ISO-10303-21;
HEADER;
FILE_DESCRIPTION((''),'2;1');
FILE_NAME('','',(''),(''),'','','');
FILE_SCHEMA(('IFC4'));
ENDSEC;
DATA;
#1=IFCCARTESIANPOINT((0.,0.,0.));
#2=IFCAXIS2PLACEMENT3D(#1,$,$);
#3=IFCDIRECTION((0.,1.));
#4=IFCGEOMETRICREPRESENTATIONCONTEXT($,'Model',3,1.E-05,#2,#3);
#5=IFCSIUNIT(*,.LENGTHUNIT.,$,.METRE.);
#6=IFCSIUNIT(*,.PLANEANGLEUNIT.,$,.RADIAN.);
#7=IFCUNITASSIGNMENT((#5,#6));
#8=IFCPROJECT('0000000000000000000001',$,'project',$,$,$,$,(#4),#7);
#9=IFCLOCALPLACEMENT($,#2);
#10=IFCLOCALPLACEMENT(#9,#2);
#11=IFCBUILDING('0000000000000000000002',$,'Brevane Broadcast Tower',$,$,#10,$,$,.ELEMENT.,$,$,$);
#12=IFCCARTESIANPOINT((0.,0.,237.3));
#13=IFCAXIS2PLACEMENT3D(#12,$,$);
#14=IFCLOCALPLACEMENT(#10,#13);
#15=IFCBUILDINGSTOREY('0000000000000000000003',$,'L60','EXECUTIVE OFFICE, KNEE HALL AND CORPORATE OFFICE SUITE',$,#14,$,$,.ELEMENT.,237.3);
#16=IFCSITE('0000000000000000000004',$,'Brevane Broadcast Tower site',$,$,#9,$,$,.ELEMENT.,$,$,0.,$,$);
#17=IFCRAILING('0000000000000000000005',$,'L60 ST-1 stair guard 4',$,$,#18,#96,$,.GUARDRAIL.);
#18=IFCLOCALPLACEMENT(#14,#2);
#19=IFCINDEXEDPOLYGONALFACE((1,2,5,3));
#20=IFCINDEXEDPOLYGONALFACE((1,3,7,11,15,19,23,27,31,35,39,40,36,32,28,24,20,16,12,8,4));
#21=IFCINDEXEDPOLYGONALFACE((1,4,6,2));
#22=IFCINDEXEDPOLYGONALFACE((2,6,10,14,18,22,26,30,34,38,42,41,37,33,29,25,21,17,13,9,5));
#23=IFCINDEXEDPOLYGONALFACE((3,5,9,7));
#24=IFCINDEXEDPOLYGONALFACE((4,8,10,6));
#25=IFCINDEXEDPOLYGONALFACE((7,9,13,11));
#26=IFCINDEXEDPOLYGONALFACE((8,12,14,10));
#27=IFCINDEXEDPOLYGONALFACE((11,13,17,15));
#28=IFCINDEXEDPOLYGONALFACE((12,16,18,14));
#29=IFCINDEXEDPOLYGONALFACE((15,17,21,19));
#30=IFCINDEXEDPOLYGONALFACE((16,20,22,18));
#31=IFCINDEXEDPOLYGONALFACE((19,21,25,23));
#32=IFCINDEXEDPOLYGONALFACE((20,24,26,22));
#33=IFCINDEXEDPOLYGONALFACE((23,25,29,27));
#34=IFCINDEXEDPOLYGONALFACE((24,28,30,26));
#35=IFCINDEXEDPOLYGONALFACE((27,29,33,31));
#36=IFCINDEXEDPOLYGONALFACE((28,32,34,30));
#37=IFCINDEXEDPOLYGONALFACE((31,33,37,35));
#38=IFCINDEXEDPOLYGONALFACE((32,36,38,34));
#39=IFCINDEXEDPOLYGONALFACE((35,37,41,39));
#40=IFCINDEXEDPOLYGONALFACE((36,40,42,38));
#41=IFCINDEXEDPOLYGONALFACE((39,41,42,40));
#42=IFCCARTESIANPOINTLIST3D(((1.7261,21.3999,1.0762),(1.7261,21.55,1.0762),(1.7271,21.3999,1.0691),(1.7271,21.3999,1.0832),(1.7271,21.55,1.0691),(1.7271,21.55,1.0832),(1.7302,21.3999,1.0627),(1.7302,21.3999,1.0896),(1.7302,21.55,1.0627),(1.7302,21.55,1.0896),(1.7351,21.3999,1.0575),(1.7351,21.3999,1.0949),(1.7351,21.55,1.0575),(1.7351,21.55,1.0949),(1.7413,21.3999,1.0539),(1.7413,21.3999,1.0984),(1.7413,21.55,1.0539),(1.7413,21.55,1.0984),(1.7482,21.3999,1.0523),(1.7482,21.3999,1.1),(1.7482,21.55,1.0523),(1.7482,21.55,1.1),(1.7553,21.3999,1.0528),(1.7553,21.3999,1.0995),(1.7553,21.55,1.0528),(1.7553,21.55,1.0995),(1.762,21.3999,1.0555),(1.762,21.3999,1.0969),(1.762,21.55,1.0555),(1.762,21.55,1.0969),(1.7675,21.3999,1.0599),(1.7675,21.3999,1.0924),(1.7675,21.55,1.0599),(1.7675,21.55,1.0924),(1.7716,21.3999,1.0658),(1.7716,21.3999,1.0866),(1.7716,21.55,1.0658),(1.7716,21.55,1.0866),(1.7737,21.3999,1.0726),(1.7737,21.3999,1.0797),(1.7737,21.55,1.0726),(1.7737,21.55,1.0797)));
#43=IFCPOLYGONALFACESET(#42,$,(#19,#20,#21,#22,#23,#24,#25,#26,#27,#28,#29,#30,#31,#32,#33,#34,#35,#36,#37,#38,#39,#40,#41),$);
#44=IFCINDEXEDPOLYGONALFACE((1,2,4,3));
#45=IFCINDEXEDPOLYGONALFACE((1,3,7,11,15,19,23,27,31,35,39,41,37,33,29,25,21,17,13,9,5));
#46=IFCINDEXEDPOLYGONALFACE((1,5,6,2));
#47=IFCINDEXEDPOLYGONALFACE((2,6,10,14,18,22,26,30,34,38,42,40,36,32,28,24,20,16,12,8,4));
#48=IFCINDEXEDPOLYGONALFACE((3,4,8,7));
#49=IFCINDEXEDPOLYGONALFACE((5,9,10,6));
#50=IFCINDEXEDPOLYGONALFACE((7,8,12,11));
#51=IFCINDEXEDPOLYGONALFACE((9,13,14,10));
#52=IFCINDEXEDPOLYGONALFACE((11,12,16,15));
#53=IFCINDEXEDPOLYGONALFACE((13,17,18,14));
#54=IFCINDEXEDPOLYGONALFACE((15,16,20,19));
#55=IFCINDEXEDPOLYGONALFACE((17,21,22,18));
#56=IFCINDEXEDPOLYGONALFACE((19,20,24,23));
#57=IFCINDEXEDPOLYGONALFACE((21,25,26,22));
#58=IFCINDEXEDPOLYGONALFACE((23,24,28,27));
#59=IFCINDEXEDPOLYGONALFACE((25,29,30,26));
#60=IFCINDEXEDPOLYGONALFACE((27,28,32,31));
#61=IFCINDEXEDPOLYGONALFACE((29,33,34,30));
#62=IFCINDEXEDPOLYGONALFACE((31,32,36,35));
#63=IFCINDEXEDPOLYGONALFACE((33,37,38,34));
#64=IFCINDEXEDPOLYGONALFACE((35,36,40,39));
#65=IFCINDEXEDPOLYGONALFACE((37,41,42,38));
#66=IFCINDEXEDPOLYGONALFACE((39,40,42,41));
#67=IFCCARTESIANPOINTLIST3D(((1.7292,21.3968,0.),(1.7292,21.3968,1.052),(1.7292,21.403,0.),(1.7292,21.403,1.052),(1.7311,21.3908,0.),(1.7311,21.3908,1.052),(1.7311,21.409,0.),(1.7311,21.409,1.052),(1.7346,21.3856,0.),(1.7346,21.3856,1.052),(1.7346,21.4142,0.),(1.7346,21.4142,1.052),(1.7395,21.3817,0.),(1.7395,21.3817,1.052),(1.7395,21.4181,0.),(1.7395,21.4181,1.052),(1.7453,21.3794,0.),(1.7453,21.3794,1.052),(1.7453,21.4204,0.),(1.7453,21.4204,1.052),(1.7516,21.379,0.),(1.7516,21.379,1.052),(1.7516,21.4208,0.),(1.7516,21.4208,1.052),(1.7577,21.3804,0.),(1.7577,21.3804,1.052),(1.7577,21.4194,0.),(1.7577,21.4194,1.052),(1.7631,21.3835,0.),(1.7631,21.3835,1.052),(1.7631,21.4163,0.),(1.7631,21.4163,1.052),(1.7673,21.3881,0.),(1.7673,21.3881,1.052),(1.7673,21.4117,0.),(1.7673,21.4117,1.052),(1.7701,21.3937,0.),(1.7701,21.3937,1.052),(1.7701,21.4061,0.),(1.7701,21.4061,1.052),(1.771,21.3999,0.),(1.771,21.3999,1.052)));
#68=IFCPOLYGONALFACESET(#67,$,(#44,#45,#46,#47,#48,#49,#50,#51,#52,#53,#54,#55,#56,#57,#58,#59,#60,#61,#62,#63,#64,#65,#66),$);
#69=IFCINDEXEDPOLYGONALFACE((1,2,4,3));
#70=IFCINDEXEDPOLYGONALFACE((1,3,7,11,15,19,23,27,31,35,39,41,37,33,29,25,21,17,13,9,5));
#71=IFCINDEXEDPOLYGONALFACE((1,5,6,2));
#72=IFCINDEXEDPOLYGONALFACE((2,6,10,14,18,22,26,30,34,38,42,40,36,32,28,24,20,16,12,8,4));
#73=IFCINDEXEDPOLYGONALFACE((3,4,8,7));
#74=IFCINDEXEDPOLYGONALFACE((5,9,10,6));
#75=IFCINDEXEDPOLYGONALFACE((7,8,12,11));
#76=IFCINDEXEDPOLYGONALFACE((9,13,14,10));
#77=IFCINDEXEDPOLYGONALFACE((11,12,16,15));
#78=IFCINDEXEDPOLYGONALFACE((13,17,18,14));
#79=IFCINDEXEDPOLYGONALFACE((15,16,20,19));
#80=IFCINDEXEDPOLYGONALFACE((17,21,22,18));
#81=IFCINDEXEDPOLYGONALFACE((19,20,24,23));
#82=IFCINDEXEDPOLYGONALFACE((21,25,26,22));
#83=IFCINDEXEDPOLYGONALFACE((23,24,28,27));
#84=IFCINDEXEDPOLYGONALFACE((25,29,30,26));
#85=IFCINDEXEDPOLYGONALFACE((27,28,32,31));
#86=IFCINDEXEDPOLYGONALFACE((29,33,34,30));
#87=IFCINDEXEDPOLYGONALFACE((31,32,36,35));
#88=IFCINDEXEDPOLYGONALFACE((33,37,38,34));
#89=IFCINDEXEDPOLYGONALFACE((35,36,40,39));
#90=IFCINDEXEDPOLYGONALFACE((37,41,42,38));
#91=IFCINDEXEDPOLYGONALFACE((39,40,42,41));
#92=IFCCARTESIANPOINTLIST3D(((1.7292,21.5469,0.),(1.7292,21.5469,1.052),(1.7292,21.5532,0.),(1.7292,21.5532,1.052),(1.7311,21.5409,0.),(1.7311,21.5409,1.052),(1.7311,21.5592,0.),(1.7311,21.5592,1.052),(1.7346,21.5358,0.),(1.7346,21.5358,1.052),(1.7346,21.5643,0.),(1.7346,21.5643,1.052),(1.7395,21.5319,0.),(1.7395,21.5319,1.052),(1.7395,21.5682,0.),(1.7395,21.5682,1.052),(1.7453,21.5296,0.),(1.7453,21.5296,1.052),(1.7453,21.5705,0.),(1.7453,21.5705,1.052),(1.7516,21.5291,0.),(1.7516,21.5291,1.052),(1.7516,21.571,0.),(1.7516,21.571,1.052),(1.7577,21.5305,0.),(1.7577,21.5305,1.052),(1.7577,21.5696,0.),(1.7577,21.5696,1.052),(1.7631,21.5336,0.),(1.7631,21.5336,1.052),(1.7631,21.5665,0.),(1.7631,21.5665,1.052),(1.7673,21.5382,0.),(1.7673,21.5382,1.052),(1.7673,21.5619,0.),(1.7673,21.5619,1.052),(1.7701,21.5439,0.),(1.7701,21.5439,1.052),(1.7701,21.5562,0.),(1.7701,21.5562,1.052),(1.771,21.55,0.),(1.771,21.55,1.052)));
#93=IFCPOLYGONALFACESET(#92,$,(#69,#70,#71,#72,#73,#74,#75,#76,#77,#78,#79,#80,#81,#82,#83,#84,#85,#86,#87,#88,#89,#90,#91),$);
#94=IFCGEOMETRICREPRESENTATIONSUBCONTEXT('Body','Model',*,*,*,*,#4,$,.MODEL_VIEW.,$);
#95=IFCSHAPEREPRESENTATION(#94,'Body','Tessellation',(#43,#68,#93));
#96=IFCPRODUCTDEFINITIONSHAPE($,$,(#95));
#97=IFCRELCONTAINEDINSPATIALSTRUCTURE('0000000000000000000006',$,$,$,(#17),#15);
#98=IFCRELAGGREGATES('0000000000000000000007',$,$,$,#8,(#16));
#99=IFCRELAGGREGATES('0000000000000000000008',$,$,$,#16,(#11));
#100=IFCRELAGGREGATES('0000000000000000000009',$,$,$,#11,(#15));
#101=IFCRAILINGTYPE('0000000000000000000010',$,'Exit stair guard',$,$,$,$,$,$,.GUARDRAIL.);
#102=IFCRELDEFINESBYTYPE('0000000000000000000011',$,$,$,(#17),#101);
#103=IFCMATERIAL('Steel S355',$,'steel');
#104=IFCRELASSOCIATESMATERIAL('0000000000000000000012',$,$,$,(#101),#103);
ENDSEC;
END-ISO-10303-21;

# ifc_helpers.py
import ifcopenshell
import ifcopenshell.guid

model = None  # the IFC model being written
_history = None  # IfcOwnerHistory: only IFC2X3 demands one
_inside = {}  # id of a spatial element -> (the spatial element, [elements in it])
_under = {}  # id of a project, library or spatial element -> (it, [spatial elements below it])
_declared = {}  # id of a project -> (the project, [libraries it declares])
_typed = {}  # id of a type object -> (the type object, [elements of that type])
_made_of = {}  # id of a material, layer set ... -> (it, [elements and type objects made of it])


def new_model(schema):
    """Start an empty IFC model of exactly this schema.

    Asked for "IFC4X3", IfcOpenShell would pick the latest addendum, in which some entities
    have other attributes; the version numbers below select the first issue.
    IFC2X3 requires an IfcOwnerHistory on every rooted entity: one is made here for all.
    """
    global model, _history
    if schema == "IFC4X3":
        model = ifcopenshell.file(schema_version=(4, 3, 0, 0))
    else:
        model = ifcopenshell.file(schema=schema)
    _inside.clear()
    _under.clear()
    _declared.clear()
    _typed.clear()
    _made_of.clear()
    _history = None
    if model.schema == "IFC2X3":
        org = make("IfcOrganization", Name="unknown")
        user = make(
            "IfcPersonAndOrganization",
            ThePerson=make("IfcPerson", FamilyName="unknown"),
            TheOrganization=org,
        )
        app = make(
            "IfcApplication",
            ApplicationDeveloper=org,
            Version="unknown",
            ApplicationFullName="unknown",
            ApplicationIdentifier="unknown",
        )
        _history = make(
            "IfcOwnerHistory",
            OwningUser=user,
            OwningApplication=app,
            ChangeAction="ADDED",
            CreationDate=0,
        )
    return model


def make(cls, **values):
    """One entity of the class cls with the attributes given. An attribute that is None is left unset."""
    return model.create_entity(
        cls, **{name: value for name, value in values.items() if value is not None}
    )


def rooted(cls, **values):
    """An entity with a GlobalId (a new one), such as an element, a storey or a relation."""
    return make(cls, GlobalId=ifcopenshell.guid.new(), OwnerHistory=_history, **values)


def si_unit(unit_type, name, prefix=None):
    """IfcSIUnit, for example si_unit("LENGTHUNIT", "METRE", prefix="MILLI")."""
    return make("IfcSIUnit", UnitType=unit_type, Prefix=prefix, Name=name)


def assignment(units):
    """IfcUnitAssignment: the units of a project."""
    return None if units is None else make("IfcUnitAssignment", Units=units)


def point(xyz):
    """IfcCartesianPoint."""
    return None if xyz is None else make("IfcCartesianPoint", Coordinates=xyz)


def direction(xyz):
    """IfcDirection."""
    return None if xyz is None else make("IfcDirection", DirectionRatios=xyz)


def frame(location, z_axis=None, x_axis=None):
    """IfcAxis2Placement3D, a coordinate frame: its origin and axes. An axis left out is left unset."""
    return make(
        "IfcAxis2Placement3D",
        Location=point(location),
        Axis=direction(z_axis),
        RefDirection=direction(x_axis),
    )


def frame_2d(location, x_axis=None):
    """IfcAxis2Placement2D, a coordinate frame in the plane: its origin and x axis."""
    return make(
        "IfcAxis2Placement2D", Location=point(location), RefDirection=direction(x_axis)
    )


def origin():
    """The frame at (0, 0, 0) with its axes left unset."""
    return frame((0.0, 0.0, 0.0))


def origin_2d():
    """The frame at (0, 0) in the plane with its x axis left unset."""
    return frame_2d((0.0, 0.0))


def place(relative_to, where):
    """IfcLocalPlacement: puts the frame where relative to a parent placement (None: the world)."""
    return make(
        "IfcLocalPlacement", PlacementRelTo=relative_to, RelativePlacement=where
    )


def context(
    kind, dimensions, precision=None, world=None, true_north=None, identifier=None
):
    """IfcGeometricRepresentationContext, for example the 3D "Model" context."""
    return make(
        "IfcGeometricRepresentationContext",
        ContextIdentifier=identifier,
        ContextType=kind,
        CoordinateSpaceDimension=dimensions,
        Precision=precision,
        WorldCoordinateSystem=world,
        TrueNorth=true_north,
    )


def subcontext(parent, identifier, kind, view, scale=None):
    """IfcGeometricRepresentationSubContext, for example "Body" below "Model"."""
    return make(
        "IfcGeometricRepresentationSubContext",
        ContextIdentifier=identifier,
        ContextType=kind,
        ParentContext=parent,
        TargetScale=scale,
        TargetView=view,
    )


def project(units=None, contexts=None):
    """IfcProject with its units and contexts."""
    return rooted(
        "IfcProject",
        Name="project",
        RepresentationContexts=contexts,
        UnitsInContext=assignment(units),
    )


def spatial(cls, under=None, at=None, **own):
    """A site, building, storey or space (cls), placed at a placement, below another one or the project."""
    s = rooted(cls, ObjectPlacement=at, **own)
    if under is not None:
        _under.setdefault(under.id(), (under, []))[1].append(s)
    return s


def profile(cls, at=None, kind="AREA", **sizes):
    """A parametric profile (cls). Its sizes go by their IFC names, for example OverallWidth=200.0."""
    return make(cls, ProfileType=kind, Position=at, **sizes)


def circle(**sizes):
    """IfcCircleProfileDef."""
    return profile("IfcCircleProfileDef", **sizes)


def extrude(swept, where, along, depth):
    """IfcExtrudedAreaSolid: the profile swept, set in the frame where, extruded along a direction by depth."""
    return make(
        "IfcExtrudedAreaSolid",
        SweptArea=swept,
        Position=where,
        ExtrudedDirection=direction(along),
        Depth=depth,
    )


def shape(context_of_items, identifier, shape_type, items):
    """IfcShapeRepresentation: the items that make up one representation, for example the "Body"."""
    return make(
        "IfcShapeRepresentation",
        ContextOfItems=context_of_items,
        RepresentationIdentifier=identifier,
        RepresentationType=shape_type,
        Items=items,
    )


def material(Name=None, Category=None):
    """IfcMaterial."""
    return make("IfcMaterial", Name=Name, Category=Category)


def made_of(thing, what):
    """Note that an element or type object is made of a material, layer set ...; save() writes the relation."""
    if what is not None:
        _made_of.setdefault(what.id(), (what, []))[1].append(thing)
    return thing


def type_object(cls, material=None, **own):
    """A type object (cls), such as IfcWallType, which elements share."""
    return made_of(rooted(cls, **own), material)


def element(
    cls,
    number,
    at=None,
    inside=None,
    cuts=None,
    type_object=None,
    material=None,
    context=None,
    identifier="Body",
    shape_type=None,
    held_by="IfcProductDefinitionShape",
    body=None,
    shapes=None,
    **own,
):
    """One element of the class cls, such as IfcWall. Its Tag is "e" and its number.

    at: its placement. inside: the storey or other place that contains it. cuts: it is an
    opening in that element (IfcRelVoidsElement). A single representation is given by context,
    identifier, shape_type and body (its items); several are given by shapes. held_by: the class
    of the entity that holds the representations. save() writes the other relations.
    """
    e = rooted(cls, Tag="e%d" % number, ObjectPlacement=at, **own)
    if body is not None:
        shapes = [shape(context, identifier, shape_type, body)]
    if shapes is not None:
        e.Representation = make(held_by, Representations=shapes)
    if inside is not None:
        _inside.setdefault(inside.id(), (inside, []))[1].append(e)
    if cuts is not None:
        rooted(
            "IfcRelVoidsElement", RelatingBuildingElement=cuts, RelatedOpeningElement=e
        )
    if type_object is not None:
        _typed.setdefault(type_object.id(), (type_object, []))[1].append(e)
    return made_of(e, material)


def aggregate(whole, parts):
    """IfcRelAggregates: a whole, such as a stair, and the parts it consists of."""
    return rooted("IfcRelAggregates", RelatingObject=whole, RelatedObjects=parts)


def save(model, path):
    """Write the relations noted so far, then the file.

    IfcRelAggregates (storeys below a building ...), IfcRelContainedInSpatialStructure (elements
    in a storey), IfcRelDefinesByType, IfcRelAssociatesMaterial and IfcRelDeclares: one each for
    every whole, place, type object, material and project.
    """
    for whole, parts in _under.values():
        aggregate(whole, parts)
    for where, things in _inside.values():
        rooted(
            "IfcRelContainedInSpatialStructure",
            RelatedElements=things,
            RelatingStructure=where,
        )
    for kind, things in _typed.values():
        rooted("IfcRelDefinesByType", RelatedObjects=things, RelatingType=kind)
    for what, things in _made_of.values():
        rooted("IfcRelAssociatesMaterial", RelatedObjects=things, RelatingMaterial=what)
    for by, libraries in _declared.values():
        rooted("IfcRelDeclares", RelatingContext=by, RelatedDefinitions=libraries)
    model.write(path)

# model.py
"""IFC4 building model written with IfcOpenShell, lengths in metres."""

from ifc_helpers import new_model, si_unit, direction, frame, origin, origin_2d, place, context, subcontext, project, spatial, circle, extrude, material, type_object, element, save


model = new_model("IFC4")

# Units and contexts
model_context = context("Model", 3, precision=1e-05, world=origin(), true_north=direction((0.0, 1.0)))
body_context = subcontext(model_context, "Body", "Model", "MODEL_VIEW")
ifc_project = project(units=[si_unit("LENGTHUNIT", "METRE"), si_unit("PLANEANGLEUNIT", "RADIAN")], contexts=[model_context])

# Site, building, storey
site_placement = place(None, origin())
site = spatial("IfcSite", under=ifc_project, at=site_placement, Name="Brevane Broadcast Tower site", CompositionType="ELEMENT", RefElevation=0.0)
building_placement = place(site_placement, origin())
building = spatial("IfcBuilding", under=site, at=building_placement, Name="Brevane Broadcast Tower", CompositionType="ELEMENT")
storey_placement = place(building_placement, frame((0.0, 0.0, 237.3)))
storey = spatial("IfcBuildingStorey", under=building, at=storey_placement, Name="L60", Description="EXECUTIVE OFFICE, KNEE HALL AND CORPORATE OFFICE SUITE", CompositionType="ELEMENT", Elevation=237.3)

# Railing
ifc_material_1 = material(Name="Steel S355", Category="steel")
railing_type_1 = type_object("IfcRailingType", Name="Exit stair guard", PredefinedType="GUARDRAIL", material=ifc_material_1)
railing_1_placement = place(storey_placement, frame((1.75, 21.3999, 0.0)))
element("IfcRailing", 1, at=railing_1_placement, inside=storey, type_object=railing_type_1, Name="L60 ST-1 stair guard 4", PredefinedType="GUARDRAIL", context=body_context, shape_type="SweptSolid", body=[
    extrude(circle(Radius=0.0239, at=origin_2d()), frame((0.0, 0.0, 1.0762), z_axis=(0.0, 1.0, 0.0), x_axis=(-1.0, 0.0, 0.0)), (0.0, 0.0, 1.0), 0.1501),
    extrude(circle(Radius=0.021, at=origin_2d()), origin(), (0.0, 0.0, 1.0), 1.052),
    extrude(circle(Radius=0.021, at=origin_2d()), frame((0.0, 0.1501, 0.0)), (0.0, 0.0, 1.0), 1.052),
])

save(model, "model.ifc")
